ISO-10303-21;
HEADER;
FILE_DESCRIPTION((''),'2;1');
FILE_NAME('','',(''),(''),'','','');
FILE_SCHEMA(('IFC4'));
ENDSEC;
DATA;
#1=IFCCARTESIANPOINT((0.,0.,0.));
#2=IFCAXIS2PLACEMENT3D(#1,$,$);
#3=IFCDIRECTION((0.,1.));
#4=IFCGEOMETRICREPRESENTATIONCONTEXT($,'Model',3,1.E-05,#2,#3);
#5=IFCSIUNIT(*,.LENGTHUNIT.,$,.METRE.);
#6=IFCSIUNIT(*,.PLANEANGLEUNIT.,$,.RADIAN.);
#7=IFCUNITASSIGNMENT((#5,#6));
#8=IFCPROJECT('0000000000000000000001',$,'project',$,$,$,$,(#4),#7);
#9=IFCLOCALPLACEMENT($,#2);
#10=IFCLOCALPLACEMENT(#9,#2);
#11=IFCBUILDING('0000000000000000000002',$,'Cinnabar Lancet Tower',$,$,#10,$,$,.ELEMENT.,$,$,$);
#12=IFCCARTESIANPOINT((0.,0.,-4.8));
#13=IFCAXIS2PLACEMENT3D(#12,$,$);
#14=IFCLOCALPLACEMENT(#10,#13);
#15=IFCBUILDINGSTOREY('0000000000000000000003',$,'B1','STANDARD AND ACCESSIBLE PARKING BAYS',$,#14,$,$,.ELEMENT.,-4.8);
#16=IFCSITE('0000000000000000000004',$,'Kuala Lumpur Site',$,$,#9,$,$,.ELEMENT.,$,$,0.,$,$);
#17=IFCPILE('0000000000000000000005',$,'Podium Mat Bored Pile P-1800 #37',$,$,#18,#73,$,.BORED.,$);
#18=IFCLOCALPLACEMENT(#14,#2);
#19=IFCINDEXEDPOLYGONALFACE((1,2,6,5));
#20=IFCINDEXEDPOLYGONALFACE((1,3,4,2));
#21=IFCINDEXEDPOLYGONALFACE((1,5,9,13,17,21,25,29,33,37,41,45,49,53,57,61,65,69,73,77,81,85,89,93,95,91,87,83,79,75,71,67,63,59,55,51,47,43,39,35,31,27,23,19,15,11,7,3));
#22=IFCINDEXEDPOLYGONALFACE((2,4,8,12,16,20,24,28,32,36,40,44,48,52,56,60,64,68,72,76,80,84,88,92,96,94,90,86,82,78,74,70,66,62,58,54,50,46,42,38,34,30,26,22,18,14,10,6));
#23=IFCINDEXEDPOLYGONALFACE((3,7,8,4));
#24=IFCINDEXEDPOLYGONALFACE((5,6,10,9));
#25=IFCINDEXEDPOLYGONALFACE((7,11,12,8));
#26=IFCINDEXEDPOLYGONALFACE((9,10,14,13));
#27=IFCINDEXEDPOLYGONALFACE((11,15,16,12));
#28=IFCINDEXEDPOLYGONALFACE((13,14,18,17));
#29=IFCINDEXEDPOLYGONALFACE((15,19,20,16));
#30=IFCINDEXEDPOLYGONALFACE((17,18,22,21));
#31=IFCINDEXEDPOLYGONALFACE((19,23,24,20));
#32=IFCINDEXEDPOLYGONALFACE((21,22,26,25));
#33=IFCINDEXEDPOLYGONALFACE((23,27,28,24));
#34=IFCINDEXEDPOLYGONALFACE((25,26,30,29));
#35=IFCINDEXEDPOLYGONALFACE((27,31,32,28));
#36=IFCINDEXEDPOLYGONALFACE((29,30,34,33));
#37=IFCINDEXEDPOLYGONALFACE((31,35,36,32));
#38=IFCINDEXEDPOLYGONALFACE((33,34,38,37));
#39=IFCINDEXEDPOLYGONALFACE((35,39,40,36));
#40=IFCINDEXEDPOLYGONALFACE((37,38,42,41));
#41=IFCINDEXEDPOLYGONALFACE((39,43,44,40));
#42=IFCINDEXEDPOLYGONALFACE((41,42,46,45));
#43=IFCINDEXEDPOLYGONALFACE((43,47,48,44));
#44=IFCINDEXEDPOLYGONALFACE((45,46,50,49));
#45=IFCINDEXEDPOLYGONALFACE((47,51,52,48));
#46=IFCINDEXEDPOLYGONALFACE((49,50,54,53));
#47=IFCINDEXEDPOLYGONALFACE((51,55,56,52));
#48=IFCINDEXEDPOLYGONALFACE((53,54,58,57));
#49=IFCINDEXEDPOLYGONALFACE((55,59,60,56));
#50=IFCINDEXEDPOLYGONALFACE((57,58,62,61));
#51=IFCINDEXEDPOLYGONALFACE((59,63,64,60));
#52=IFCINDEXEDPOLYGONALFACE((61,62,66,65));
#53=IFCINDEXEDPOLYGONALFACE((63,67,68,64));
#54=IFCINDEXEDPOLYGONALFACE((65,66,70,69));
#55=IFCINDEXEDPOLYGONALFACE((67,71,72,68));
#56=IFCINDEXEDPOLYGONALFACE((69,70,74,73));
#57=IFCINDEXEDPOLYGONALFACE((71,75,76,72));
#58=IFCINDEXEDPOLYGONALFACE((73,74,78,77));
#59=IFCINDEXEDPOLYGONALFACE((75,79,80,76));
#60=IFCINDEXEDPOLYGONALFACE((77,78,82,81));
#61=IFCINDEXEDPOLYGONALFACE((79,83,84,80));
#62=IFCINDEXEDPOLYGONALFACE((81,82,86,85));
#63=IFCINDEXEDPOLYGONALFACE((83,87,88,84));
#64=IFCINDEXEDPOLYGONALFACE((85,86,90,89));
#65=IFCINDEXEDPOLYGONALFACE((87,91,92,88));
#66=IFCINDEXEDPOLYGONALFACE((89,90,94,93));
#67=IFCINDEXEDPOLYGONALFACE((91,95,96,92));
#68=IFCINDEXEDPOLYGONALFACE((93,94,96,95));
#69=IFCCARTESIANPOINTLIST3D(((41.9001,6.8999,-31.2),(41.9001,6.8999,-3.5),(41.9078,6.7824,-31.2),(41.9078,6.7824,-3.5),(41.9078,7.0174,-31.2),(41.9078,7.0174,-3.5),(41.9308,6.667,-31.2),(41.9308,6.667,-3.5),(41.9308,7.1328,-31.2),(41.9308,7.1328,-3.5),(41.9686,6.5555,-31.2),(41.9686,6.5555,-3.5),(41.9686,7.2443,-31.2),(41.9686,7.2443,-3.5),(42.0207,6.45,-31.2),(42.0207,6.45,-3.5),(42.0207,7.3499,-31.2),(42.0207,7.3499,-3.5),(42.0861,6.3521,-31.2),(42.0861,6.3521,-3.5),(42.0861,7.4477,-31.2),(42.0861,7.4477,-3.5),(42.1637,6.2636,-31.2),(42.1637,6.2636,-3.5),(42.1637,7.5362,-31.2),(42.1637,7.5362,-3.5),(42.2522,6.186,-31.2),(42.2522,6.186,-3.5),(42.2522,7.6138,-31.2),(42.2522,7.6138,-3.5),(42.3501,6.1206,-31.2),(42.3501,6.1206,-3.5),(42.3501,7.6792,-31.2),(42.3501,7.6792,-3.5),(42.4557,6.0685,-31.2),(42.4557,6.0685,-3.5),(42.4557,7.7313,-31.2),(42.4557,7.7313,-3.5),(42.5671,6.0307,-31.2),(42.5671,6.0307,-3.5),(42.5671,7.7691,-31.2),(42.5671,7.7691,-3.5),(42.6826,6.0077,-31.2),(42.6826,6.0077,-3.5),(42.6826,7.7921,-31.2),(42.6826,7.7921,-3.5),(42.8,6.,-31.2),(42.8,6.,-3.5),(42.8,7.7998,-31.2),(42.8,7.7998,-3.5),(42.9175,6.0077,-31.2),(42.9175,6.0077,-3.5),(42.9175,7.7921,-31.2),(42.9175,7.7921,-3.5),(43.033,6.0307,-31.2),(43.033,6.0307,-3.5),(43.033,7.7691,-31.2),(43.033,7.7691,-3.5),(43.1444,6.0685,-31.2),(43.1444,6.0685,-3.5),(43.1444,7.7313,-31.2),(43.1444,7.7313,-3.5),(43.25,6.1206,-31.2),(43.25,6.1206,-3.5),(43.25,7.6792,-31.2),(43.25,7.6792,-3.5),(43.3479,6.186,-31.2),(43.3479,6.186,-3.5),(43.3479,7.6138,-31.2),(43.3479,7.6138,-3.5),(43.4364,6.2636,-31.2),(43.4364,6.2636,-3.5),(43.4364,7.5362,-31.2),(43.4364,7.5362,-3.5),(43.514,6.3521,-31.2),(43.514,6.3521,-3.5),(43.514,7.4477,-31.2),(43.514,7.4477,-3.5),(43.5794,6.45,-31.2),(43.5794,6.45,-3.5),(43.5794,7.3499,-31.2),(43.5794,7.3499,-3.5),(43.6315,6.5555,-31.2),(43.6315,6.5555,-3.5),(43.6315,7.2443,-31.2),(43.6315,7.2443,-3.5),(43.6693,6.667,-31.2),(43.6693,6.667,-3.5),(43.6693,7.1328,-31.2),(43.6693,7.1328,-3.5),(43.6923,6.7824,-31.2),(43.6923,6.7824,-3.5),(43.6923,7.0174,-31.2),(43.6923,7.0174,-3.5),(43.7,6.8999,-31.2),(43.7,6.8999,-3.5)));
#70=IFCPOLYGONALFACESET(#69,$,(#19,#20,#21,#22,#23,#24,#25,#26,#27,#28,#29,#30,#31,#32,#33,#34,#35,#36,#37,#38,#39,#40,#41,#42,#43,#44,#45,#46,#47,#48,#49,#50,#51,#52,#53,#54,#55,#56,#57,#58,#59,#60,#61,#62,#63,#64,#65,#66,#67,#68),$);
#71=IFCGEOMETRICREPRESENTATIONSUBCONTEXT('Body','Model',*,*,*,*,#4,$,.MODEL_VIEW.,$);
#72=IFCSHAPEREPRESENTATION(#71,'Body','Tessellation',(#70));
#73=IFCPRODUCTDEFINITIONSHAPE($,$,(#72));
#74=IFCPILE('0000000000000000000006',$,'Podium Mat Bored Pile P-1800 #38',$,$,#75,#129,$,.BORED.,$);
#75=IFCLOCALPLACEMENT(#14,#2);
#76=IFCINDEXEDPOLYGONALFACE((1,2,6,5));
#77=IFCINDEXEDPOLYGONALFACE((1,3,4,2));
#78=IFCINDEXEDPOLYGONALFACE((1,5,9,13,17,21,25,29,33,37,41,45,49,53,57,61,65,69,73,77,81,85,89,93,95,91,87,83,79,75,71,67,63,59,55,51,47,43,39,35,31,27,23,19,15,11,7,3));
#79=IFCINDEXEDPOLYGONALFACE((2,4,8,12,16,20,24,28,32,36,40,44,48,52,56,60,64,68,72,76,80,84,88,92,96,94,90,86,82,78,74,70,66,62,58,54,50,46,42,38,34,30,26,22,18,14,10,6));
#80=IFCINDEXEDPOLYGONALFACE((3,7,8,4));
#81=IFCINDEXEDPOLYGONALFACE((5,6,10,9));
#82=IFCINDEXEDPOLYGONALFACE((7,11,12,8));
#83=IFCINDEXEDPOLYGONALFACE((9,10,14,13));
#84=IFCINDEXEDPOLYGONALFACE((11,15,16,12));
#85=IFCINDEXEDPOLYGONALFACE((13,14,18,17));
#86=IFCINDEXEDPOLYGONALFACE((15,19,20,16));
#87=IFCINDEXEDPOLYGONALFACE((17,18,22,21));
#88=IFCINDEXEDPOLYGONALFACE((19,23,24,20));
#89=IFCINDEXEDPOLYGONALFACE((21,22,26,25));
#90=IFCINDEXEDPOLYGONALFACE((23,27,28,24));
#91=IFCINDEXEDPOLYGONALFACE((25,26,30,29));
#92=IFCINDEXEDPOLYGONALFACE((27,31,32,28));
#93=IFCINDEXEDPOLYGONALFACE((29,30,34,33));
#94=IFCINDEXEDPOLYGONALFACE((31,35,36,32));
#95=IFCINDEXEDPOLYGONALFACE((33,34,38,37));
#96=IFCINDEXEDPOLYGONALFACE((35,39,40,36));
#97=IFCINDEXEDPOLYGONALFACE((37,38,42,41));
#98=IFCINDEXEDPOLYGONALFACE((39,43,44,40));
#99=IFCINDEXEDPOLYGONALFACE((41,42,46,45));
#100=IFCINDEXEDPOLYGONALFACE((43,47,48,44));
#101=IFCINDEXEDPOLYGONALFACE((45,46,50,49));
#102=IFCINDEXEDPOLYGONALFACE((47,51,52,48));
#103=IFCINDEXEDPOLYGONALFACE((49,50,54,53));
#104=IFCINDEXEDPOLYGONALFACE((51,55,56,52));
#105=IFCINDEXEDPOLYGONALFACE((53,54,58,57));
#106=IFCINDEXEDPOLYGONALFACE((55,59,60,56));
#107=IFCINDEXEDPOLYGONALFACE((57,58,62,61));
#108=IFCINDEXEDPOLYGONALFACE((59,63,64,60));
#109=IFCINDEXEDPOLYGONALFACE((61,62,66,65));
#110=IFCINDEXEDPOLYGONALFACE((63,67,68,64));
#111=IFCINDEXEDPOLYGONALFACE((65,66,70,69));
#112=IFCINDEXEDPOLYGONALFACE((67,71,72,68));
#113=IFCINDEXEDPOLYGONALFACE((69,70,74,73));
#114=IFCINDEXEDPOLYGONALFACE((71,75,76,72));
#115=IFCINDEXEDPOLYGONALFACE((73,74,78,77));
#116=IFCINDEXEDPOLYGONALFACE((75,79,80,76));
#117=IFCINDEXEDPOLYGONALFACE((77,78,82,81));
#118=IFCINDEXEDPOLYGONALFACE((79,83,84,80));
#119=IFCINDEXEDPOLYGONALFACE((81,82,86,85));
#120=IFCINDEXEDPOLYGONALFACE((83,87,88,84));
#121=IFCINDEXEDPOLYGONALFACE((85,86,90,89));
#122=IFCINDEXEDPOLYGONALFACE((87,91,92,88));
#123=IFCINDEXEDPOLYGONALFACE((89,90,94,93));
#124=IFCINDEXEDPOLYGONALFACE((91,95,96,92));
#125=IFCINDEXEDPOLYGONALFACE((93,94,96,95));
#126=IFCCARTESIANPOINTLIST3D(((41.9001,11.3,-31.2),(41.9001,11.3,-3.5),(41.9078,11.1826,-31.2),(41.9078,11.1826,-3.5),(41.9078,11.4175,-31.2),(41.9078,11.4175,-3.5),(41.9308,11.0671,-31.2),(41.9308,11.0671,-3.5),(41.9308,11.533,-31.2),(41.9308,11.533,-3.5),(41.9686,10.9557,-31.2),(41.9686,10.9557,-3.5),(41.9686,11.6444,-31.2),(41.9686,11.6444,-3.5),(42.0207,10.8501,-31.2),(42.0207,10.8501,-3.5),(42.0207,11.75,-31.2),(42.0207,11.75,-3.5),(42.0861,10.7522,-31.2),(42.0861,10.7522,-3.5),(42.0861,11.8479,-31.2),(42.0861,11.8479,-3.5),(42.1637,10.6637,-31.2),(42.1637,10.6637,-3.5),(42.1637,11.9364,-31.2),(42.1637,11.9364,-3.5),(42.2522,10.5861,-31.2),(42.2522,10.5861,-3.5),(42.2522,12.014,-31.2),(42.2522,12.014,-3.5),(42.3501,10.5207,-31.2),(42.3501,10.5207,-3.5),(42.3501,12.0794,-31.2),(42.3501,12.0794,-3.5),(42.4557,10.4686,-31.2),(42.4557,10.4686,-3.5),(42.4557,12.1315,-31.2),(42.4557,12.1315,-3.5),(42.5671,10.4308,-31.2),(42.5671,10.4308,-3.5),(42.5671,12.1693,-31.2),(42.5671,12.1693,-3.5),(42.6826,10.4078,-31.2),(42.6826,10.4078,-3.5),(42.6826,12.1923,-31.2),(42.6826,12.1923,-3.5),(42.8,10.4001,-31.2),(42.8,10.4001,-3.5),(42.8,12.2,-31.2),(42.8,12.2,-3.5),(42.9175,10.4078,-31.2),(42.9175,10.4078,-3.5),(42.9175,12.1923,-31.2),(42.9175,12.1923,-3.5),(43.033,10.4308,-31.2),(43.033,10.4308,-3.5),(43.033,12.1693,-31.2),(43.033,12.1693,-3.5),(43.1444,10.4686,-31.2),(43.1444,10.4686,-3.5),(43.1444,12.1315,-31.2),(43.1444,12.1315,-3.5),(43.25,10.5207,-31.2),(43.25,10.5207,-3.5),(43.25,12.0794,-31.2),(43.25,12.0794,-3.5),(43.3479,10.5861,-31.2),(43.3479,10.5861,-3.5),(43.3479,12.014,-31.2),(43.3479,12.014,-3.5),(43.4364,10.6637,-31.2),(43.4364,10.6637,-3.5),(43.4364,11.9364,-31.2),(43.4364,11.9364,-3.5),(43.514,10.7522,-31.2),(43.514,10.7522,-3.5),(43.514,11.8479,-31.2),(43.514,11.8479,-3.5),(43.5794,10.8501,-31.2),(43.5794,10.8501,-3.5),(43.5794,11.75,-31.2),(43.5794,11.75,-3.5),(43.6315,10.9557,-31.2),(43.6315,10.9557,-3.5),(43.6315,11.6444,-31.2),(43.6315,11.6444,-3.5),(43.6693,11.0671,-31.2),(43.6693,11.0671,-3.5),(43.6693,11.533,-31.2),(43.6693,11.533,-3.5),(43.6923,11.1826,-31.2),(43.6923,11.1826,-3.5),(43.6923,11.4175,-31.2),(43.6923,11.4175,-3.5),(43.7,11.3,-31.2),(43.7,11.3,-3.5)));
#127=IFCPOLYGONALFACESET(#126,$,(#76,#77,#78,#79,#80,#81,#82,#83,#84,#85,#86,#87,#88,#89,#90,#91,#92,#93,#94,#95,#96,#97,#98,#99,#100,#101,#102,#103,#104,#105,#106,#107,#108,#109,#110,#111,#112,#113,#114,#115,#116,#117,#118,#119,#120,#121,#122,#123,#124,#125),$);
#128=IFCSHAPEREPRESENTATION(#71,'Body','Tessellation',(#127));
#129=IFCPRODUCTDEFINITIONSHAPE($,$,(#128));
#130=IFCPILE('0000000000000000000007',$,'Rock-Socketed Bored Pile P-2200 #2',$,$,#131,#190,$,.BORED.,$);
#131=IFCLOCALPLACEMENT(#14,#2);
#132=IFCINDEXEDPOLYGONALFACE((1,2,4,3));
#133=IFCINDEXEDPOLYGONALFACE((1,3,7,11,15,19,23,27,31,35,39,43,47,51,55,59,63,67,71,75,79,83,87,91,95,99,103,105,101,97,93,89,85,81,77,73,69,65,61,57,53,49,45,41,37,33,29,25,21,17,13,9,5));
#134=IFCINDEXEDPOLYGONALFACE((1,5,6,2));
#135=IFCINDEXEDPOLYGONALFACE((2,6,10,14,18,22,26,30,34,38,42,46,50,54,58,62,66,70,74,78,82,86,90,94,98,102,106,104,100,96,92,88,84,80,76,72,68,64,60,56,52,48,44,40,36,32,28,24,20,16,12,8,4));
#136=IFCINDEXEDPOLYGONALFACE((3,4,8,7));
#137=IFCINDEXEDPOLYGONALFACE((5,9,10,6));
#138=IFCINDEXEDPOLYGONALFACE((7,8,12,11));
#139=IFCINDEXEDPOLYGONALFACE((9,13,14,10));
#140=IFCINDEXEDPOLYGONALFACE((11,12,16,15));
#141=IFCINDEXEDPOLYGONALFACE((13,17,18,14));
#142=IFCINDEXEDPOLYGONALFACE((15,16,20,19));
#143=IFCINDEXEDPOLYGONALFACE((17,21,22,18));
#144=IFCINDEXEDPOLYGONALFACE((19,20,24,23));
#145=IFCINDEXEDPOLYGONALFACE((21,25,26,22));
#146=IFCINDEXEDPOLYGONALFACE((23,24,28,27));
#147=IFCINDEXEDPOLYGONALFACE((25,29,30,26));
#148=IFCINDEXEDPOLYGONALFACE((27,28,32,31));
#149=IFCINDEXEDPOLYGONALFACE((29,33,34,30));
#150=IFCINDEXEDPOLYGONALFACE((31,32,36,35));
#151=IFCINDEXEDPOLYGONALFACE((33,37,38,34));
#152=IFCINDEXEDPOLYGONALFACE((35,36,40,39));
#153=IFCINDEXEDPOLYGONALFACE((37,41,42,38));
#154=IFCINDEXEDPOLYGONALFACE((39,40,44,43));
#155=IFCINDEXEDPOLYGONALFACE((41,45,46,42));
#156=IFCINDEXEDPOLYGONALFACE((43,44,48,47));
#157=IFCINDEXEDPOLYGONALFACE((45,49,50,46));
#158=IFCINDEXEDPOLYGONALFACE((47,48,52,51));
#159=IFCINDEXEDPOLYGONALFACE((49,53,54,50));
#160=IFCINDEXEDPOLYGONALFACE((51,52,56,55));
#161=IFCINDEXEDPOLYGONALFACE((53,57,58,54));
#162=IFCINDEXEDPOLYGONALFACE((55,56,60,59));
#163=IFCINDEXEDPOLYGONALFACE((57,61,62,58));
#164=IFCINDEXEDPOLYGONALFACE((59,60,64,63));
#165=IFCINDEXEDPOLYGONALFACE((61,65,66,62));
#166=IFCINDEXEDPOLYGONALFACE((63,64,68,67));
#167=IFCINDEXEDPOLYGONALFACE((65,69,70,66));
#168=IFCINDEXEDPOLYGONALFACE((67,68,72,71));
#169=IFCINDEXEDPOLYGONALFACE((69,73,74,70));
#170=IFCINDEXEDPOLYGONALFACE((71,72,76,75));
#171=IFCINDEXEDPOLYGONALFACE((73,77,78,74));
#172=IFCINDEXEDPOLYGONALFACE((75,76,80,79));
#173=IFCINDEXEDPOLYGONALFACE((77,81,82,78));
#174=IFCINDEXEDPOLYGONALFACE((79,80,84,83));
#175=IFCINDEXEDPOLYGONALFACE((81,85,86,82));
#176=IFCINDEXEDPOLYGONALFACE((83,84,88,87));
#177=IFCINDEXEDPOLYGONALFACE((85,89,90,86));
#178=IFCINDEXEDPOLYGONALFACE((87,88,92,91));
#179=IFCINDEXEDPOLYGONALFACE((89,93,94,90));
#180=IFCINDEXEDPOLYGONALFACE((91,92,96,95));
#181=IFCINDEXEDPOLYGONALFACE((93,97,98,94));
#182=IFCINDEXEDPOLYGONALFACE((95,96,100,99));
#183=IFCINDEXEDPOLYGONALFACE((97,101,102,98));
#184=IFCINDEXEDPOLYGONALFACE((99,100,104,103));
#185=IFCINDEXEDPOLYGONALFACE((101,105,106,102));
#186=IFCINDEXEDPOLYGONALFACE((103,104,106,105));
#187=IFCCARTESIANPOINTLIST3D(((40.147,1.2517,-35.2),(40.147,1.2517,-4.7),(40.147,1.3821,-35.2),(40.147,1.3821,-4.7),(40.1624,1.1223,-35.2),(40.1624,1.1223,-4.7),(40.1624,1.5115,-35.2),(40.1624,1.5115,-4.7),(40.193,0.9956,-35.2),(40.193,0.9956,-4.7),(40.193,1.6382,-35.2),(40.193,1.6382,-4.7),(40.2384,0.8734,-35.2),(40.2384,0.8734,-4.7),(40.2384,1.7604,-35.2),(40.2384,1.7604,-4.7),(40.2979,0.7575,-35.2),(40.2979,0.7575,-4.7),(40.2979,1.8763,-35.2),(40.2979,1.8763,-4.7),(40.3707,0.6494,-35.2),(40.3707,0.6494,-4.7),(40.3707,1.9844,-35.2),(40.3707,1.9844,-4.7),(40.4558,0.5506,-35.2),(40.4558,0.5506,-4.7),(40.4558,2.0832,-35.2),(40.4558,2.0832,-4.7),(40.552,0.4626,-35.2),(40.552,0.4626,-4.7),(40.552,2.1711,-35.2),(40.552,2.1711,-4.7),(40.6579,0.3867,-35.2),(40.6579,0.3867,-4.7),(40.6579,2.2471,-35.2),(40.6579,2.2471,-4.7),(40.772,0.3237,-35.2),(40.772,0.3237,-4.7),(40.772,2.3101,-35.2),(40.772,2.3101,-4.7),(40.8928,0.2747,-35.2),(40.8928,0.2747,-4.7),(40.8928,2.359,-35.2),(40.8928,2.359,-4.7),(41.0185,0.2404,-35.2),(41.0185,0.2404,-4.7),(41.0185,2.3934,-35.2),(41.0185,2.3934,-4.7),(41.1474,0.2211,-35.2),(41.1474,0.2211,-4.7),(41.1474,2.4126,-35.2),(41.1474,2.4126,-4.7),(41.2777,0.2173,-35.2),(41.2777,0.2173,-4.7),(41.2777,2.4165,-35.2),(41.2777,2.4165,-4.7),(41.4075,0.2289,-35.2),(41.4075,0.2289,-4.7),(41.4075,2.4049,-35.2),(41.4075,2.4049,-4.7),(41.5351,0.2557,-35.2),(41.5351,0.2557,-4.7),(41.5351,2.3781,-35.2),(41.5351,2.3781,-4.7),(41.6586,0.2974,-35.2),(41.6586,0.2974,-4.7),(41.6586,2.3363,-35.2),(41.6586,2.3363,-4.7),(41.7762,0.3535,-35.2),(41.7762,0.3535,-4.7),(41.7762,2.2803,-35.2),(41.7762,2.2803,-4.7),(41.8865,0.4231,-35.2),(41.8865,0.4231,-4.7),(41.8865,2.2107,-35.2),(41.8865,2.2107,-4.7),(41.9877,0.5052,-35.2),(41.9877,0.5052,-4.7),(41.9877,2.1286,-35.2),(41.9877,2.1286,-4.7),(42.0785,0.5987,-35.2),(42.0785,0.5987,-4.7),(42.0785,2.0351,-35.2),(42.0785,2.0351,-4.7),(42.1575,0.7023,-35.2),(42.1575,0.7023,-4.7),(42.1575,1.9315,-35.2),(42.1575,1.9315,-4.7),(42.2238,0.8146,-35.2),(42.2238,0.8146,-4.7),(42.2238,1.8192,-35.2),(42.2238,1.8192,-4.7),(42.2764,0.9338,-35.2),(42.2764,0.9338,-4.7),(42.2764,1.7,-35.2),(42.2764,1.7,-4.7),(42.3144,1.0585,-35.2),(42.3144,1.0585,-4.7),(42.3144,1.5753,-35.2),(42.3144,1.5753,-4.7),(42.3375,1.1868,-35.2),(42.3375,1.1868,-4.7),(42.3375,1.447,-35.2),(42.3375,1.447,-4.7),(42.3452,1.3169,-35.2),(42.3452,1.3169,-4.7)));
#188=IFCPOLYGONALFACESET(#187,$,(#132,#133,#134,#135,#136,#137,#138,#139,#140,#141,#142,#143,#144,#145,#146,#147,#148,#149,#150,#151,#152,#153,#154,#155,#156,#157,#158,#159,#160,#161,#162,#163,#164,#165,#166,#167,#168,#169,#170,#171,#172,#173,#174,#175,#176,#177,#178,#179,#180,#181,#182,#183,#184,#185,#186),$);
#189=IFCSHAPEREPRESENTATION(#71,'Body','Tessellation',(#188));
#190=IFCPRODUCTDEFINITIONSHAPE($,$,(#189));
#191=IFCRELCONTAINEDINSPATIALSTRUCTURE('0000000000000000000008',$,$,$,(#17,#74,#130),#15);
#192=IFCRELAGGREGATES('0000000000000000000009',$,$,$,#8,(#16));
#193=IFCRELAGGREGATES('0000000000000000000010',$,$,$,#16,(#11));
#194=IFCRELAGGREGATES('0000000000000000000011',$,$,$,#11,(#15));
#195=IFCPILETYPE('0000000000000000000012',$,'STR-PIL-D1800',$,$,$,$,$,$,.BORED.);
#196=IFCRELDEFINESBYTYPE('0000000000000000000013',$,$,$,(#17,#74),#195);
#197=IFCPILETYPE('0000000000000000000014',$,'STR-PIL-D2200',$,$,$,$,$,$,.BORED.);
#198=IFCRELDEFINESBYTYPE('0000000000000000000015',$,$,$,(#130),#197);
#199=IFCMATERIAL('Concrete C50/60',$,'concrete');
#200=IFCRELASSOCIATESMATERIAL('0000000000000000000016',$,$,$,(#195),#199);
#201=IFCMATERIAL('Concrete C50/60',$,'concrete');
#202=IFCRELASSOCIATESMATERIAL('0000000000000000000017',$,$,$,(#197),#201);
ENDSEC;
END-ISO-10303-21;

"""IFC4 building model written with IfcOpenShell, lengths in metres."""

from ifc_helpers import new_model, si_unit, direction, frame, origin, origin_2d, place, context, subcontext, project, spatial, circle, extrude, material, material_profile, profile_set, type_object, element, save


model = new_model("IFC4")

# Units and contexts
model_context = context("Model", 3, precision=1e-05, world=origin(), true_north=direction((0.0, 1.0)))
body_context = subcontext(model_context, "Body", "Model", "MODEL_VIEW")
ifc_project = project(units=[si_unit("LENGTHUNIT", "METRE"), si_unit("PLANEANGLEUNIT", "RADIAN")], contexts=[model_context])

# Site, building, storey
site_placement = place(None, origin())
site = spatial("IfcSite", under=ifc_project, at=site_placement, Name="Kuala Lumpur Site", CompositionType="ELEMENT", RefElevation=0.0)
building_placement = place(site_placement, origin())
building = spatial("IfcBuilding", under=site, at=building_placement, Name="Cinnabar Lancet Tower", CompositionType="ELEMENT")
storey_placement = place(building_placement, frame((0.0, 0.0, -4.8)))
storey = spatial("IfcBuildingStorey", under=building, at=storey_placement, Name="B1", Description="STANDARD AND ACCESSIBLE PARKING BAYS", CompositionType="ELEMENT", Elevation=-4.8)

# Piles
ifc_material_1 = material(Name="Concrete C50/60", Category="concrete")
ifc_material_profile_1 = material_profile(ifc_material_1, circle(Radius=0.8999, at=origin_2d()), Name="PILE D1800")
ifc_profile_set_1 = profile_set([ifc_material_profile_1], Name="Concrete C50/60")
pile_type_1 = type_object("IfcPileType", Name="STR-PIL-D1800", PredefinedType="BORED", material=ifc_profile_set_1)
for number, where, z_axis, x_axis, name in (
    (1, (42.8, 6.8999, -3.5), (0.0, 0.0, -1.0), (1.0, 0.0, 0.0), "Podium Mat Bored Pile P-1800 #37"),
    (2, (42.8, 11.3, -3.5), (0.0, 0.0, -1.0), (1.0, 0.0, 0.0), "Podium Mat Bored Pile P-1800 #38"),
):
    element("IfcPile", number, at=place(storey_placement, frame(where, z_axis=z_axis, x_axis=x_axis)), inside=storey, type_object=pile_type_1, Name=name, PredefinedType="BORED", context=body_context, shape_type="SweptSolid", body=[
        extrude(circle(Radius=0.8999, at=origin_2d()), origin(), (0.0, 0.0, 1.0), 27.7),
    ])
ifc_material_2 = material(Name="Concrete C50/60", Category="concrete")
ifc_material_profile_2 = material_profile(ifc_material_2, circle(Radius=1.1001, at=origin_2d()), Name="PILE D2200")
ifc_profile_set_2 = profile_set([ifc_material_profile_2], Name="Concrete C50/60")
pile_type_2 = type_object("IfcPileType", Name="STR-PIL-D2200", PredefinedType="BORED", material=ifc_profile_set_2)
pile_placement = place(storey_placement, frame((41.2451, 1.3169, -4.7), z_axis=(0.0, 0.0, -1.0), x_axis=(1.0, 0.0, 0.0)))
element("IfcPile", 3, at=pile_placement, inside=storey, type_object=pile_type_2, Name="Rock-Socketed Bored Pile P-2200 #2", PredefinedType="BORED", context=body_context, shape_type="SweptSolid", body=[
    extrude(circle(Radius=1.1001, at=origin_2d()), origin(), (0.0, 0.0, 1.0), 30.5),
])

save(model, "model.ifc")
